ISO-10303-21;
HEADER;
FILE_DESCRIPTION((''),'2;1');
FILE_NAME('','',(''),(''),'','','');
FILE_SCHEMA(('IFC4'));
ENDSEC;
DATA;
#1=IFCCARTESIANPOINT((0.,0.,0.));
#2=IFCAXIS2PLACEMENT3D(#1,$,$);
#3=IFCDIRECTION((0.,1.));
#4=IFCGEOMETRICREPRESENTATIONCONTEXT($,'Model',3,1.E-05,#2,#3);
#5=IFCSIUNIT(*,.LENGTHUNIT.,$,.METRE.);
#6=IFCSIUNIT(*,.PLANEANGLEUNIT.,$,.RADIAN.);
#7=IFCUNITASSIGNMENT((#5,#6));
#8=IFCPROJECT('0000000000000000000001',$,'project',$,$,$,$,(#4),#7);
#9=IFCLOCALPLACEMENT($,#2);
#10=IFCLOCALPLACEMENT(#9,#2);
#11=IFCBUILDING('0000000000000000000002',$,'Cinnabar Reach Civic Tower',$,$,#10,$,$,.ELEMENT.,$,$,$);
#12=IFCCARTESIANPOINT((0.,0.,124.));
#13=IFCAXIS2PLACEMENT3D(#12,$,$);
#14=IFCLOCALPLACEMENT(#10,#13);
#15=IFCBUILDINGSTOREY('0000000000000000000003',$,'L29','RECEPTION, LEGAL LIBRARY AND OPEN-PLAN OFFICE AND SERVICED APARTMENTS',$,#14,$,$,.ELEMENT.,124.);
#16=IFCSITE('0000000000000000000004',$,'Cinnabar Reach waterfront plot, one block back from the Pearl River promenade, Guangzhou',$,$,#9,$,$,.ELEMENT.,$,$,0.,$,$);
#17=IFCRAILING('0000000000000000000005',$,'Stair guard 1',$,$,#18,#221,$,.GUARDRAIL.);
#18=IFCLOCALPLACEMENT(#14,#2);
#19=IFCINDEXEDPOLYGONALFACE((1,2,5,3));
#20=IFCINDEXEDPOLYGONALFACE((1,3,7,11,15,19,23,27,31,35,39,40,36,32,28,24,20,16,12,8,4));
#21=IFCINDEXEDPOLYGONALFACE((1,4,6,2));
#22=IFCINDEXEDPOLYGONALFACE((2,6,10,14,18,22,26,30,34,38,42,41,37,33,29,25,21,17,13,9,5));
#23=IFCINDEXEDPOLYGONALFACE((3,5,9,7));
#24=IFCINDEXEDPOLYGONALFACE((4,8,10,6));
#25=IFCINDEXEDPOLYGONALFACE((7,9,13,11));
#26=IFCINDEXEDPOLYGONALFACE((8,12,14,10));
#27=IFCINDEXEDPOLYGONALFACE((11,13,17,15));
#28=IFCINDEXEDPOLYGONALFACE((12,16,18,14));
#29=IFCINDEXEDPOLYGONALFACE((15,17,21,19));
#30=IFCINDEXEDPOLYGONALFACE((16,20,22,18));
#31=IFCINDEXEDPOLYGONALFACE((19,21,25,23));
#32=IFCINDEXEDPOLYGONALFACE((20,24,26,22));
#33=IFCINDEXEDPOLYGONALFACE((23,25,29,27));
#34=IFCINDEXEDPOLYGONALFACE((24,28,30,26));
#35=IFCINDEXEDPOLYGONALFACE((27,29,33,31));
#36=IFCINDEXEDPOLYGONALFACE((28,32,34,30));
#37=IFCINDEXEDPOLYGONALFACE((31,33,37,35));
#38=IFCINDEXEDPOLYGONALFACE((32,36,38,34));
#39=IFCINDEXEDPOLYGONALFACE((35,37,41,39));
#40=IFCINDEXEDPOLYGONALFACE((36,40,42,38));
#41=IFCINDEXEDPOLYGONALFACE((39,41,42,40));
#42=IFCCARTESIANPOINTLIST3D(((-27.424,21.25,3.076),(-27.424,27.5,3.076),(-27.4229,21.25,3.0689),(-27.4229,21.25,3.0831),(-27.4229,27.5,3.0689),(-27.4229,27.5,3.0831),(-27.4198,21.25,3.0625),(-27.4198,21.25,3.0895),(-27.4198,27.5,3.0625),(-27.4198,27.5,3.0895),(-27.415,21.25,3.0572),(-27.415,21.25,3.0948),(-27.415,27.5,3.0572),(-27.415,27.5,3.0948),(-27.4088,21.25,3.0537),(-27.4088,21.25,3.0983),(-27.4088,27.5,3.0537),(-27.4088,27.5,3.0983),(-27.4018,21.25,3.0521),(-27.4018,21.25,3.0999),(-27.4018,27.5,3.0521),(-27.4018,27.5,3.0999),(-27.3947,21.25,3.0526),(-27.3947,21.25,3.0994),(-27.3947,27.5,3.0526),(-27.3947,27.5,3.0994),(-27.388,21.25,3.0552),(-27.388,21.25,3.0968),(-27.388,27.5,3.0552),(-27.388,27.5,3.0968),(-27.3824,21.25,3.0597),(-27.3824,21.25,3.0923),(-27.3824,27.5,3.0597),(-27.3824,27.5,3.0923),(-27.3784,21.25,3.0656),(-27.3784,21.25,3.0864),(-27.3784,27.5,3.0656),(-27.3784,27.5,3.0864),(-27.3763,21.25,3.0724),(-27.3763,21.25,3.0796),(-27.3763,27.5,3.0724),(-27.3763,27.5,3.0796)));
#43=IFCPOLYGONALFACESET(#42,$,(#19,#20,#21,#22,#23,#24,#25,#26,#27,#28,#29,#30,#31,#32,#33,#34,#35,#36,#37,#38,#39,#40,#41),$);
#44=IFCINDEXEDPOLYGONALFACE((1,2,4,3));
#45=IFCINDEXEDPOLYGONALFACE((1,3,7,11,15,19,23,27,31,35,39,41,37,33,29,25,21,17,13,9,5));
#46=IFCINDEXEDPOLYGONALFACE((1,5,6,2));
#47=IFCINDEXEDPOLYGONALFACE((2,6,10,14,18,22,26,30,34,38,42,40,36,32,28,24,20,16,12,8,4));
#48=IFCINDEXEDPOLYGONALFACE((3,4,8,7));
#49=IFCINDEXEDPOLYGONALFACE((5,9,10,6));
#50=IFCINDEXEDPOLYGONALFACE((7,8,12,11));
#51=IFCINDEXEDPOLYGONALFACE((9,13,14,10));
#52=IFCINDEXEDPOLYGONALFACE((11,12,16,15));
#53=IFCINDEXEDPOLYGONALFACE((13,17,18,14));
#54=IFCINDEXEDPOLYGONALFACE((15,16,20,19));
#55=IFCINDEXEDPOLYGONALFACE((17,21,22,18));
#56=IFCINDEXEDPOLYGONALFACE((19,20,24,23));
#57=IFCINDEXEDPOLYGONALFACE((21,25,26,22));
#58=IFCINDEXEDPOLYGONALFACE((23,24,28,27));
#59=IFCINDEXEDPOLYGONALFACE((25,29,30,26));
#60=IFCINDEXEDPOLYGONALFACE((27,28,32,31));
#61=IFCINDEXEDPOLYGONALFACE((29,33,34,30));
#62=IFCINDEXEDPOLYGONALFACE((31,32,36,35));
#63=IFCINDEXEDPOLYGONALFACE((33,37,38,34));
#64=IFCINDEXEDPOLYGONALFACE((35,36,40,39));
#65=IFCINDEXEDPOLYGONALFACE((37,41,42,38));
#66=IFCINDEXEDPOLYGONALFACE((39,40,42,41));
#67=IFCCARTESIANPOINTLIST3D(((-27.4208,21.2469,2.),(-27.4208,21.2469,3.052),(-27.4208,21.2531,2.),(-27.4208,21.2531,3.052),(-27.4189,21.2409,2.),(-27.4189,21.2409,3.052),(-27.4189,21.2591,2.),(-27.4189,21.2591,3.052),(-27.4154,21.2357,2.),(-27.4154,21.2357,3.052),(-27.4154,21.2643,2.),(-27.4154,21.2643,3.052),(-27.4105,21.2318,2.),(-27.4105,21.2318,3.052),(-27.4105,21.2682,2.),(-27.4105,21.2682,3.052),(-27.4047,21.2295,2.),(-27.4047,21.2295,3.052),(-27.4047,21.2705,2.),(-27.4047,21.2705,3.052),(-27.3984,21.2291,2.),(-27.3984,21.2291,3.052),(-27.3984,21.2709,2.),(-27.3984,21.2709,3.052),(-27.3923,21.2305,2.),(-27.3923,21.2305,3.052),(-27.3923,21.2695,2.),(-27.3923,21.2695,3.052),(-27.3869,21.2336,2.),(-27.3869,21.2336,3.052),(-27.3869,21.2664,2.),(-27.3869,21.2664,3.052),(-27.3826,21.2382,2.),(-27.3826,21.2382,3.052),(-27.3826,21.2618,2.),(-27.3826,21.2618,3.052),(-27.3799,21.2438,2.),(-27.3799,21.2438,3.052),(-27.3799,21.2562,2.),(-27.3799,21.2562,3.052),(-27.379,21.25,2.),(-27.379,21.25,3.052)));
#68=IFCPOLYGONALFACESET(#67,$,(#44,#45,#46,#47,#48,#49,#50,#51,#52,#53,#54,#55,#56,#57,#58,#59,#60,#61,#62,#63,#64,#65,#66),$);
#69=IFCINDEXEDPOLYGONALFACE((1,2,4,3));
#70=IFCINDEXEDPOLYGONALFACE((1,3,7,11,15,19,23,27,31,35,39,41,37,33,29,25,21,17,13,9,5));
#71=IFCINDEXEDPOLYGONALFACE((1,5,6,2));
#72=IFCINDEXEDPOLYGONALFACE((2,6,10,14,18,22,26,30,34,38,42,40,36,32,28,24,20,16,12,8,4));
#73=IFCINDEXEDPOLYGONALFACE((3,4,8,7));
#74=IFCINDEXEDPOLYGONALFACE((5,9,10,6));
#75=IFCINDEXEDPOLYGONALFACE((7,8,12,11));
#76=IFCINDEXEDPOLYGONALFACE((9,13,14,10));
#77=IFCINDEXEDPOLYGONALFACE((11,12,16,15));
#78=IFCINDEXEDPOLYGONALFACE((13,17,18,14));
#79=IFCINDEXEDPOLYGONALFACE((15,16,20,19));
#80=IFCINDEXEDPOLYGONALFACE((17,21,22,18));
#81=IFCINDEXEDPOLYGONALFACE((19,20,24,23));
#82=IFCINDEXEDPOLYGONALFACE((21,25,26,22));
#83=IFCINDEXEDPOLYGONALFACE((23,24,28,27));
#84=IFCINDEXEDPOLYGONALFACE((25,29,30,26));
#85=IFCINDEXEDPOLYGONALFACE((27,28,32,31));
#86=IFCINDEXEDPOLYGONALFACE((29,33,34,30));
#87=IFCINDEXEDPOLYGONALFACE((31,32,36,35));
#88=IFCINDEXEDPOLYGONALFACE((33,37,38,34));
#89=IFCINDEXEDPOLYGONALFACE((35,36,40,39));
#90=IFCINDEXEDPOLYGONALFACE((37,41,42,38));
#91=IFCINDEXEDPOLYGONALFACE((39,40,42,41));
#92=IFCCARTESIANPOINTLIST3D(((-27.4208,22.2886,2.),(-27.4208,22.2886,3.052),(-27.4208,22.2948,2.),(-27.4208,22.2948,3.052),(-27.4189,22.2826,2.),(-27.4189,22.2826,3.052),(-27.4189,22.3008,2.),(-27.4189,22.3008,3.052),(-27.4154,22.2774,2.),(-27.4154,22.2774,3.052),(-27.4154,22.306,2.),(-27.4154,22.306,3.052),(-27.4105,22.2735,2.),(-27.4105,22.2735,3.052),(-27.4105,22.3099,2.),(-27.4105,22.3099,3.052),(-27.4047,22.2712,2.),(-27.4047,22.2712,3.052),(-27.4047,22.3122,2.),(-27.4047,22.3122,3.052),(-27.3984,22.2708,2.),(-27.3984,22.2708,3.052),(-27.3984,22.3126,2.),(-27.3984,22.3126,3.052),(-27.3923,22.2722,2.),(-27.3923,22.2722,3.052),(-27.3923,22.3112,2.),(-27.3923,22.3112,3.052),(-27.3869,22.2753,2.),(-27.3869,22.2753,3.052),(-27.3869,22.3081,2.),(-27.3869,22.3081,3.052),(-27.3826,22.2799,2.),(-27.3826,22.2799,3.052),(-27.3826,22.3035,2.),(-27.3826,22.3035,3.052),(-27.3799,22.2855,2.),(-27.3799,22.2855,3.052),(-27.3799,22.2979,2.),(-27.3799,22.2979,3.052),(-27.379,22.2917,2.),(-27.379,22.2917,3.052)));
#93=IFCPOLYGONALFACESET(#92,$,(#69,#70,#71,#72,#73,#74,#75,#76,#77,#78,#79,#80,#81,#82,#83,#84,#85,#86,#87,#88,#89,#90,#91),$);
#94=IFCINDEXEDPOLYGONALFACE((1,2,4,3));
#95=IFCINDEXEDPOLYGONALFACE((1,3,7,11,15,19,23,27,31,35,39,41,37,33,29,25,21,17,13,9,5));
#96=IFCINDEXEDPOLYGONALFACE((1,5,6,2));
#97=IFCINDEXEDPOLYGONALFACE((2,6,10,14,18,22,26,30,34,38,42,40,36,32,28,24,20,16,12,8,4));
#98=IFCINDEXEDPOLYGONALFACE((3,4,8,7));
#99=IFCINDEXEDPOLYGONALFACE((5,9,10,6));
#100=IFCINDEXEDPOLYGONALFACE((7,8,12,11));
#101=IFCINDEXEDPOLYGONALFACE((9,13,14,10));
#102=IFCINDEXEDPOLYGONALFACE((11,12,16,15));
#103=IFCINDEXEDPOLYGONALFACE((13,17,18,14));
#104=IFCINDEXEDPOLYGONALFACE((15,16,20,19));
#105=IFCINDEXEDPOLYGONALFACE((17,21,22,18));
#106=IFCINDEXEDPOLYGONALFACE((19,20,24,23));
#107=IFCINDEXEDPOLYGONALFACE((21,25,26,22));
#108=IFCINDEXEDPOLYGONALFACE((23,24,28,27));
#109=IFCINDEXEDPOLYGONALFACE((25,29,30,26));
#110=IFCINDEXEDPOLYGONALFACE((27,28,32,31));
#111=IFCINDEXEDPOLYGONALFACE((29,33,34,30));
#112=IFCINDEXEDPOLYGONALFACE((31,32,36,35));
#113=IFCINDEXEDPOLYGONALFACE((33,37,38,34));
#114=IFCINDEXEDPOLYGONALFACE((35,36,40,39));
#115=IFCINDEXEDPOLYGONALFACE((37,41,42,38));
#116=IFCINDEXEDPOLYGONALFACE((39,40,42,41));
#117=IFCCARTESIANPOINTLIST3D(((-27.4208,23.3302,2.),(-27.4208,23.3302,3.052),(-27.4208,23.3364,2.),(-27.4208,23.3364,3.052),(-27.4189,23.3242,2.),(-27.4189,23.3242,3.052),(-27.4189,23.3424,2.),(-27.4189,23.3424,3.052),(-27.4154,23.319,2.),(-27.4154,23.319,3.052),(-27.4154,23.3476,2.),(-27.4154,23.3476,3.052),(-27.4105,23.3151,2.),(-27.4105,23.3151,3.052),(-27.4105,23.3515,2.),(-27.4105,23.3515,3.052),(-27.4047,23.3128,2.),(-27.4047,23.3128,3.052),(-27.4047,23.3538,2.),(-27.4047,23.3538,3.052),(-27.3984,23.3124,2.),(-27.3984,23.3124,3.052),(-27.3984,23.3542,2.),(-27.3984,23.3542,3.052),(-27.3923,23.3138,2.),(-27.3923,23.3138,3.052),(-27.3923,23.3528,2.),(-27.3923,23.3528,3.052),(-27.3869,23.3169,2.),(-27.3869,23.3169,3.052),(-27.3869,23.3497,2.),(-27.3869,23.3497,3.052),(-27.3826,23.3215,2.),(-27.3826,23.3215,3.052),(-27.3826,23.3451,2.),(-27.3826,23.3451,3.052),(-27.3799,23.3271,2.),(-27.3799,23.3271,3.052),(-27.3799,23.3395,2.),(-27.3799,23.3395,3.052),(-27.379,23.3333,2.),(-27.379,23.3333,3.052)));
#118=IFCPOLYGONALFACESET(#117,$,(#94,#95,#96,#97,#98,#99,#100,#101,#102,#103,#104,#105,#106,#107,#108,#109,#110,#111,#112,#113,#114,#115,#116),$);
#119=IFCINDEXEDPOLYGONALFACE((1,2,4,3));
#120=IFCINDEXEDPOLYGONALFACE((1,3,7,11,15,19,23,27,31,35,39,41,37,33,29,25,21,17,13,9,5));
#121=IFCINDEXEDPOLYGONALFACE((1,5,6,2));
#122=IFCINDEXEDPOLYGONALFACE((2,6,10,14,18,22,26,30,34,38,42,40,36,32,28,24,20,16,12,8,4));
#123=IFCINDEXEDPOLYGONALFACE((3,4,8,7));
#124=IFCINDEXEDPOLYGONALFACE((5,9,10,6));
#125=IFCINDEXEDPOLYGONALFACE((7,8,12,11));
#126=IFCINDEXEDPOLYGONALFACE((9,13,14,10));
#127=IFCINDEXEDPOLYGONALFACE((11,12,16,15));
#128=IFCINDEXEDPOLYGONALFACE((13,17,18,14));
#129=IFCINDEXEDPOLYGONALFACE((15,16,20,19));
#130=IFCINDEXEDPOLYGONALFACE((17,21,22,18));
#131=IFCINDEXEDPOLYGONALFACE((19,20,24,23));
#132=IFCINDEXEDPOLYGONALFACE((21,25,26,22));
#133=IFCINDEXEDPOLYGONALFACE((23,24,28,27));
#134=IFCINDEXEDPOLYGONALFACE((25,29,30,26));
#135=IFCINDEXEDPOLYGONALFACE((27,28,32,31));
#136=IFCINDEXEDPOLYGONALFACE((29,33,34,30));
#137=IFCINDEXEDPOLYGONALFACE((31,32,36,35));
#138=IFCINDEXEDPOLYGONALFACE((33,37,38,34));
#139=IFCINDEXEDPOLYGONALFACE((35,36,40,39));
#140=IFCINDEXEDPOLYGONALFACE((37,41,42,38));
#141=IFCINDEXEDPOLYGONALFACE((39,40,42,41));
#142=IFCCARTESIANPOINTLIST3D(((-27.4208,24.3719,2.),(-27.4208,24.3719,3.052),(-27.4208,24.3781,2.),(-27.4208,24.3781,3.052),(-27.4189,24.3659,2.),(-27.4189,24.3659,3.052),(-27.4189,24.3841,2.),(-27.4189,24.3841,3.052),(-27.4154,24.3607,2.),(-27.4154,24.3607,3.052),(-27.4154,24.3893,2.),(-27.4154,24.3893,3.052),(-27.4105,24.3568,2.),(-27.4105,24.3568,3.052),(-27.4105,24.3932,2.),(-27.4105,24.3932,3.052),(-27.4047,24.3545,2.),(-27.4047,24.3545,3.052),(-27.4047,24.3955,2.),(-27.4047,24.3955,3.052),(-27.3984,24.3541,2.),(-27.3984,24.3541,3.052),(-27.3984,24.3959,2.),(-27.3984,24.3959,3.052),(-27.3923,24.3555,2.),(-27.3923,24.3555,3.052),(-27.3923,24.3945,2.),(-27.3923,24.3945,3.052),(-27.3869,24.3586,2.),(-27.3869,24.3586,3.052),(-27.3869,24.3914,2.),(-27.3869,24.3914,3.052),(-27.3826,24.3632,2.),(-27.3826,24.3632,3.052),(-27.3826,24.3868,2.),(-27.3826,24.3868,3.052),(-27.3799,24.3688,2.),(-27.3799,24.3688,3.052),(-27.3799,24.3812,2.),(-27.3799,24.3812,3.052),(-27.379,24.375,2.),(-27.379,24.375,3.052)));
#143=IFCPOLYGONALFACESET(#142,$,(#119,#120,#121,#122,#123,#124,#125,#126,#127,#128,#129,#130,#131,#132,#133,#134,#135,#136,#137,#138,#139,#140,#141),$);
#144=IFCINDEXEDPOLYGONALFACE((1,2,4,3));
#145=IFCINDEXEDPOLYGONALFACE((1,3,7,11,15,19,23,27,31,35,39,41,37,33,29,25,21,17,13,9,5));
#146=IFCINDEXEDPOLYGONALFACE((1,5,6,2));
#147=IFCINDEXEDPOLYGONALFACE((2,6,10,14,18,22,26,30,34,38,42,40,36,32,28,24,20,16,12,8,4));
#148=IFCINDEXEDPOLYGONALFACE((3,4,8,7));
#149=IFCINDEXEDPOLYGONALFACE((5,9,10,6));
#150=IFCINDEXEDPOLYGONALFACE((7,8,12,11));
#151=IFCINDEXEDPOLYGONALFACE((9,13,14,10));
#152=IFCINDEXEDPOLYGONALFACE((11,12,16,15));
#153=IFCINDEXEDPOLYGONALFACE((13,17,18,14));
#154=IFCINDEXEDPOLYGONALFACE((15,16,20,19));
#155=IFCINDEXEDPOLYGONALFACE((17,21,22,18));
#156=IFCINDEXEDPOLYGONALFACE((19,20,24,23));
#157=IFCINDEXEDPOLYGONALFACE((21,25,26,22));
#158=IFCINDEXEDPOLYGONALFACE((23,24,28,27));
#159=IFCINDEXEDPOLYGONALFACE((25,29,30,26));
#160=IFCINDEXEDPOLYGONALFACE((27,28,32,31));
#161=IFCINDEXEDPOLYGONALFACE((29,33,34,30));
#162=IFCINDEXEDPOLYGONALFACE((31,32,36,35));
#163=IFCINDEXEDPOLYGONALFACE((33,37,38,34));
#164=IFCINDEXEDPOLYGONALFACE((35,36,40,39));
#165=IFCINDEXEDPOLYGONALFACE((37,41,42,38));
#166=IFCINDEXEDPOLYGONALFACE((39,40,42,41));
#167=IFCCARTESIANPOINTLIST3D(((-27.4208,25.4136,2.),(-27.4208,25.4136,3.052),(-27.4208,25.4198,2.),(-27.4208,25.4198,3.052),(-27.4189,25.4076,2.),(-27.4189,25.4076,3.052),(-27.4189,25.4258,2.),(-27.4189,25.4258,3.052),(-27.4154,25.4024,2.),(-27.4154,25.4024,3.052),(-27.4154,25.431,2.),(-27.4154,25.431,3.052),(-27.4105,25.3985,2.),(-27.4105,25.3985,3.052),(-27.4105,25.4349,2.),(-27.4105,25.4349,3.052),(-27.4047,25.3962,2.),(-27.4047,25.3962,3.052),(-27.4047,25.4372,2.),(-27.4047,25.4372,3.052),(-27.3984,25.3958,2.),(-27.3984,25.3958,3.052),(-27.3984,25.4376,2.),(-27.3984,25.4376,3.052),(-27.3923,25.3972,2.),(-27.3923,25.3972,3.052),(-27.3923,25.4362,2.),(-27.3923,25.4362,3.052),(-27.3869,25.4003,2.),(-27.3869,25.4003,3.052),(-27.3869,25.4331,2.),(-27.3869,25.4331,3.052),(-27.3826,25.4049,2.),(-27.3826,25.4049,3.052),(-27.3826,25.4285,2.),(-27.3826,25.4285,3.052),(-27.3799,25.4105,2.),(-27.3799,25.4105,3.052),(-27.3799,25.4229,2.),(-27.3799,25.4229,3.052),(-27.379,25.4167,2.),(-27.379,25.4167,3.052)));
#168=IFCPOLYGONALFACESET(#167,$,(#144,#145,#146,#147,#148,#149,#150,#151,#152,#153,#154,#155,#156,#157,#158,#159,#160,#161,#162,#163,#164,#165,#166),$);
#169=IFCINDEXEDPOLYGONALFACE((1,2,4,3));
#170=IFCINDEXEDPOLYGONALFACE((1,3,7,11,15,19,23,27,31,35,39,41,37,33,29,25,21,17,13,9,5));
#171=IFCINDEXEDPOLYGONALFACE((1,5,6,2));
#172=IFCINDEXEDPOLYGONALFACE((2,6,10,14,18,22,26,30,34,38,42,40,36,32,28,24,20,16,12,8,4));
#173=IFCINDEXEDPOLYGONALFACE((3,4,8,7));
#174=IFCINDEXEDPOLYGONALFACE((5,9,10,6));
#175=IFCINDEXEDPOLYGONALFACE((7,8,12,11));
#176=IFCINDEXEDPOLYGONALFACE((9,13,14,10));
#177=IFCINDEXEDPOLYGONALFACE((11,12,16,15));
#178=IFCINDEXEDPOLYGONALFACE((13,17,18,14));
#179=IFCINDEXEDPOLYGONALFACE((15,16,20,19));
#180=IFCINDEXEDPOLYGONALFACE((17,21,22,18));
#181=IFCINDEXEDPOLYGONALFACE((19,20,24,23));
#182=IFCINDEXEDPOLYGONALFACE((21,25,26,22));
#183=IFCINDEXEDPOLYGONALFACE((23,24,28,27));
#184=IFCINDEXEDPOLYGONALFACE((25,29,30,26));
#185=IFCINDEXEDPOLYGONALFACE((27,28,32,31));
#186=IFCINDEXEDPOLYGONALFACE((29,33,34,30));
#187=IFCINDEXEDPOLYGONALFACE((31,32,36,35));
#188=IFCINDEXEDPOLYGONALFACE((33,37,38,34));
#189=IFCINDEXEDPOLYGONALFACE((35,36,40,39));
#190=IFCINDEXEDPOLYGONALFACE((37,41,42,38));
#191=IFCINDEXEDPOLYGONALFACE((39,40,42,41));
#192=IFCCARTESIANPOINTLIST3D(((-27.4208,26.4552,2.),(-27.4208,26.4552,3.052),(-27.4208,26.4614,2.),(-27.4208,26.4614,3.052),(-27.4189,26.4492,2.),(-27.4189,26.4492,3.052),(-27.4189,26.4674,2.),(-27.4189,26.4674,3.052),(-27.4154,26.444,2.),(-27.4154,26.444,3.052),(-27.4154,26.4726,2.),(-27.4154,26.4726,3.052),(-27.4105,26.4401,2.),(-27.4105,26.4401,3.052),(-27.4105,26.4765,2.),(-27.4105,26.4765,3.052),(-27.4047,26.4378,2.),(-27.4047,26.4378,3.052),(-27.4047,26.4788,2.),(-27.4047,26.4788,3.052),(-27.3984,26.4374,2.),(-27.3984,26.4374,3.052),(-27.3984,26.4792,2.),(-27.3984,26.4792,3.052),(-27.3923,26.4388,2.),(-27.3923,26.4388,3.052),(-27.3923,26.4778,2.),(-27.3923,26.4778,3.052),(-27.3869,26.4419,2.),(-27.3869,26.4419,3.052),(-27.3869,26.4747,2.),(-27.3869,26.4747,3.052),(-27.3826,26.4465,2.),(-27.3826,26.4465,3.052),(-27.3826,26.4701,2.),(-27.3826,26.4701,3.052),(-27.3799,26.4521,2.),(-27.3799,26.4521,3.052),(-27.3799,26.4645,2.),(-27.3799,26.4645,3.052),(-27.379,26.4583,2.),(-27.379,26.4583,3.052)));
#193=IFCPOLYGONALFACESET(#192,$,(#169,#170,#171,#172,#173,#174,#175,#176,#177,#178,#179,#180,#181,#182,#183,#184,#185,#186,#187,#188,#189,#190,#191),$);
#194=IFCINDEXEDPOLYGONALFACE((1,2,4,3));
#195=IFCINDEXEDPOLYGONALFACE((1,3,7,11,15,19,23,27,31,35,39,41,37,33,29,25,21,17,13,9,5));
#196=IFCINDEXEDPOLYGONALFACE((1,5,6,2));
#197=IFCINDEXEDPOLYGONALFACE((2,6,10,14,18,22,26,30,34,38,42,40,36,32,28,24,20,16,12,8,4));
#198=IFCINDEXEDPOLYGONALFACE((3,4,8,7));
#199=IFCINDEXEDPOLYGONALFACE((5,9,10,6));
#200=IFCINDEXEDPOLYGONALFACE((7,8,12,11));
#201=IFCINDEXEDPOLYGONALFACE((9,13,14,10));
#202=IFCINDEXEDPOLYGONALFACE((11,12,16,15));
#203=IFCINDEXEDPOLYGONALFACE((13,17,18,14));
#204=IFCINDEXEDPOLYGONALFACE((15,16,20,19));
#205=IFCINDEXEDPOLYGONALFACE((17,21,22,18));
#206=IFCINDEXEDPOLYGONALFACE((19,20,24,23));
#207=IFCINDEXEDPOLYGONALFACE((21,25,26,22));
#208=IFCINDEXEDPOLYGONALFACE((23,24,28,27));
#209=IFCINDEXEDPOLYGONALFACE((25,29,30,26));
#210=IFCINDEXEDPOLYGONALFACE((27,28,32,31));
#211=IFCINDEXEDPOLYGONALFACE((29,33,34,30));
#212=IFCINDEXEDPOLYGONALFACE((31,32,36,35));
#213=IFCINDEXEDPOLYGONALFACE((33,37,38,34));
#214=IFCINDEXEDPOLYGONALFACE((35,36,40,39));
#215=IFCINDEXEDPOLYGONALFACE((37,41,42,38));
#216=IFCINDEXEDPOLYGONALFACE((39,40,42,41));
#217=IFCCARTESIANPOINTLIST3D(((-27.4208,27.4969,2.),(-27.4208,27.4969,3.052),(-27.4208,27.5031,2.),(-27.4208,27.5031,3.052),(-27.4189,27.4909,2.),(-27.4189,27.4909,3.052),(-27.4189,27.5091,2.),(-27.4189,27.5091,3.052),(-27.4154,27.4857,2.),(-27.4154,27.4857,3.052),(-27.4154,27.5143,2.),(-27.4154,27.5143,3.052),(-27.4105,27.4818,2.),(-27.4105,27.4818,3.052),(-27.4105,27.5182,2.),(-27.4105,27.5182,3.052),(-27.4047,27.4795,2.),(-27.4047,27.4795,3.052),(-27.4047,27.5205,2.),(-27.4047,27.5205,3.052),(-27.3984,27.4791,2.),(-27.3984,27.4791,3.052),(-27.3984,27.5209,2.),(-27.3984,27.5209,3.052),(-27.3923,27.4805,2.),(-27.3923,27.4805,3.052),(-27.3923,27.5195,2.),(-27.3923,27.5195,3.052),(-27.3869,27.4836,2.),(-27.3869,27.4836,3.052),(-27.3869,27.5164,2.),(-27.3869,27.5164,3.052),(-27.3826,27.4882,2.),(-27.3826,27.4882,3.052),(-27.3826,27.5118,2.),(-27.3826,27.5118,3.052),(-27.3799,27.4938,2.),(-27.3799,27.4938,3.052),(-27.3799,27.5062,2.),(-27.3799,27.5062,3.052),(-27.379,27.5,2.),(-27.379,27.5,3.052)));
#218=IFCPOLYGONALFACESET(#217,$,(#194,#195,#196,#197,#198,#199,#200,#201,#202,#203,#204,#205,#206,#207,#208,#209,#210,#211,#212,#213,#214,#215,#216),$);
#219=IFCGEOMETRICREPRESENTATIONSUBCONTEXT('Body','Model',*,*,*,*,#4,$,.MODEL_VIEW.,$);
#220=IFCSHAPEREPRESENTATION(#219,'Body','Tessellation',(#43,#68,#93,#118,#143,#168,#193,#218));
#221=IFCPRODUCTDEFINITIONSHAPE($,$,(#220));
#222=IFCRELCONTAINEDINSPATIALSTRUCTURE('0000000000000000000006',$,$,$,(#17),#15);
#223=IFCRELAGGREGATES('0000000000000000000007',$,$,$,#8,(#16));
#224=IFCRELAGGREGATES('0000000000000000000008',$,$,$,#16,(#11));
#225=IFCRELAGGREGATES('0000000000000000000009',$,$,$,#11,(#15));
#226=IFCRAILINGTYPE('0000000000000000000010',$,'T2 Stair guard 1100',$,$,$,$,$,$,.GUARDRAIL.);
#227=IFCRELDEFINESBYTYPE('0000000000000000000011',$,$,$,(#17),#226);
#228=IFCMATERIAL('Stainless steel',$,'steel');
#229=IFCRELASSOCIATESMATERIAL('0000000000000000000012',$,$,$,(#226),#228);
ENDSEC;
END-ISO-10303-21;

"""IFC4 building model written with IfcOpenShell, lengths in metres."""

from ifc_helpers import new_model, si_unit, direction, frame, origin, origin_2d, place, context, subcontext, project, spatial, circle, extrude, material, type_object, element, save


model = new_model("IFC4")

# Units and contexts
model_context = context("Model", 3, precision=1e-05, world=origin(), true_north=direction((0.0, 1.0)))
body_context = subcontext(model_context, "Body", "Model", "MODEL_VIEW")
ifc_project = project(units=[si_unit("LENGTHUNIT", "METRE"), si_unit("PLANEANGLEUNIT", "RADIAN")], contexts=[model_context])

# Site, building, storey
site_placement = place(None, origin())
site = spatial("IfcSite", under=ifc_project, at=site_placement, Name="Cinnabar Reach waterfront plot, one block back from the Pearl River promenade, Guangzhou", CompositionType="ELEMENT", RefElevation=0.0)
building_placement = place(site_placement, origin())
building = spatial("IfcBuilding", under=site, at=building_placement, Name="Cinnabar Reach Civic Tower", CompositionType="ELEMENT")
storey_placement = place(building_placement, frame((0.0, 0.0, 124.0)))
storey = spatial("IfcBuildingStorey", under=building, at=storey_placement, Name="L29", Description="RECEPTION, LEGAL LIBRARY AND OPEN-PLAN OFFICE AND SERVICED APARTMENTS", CompositionType="ELEMENT", Elevation=124.0)

# Railing
ifc_material_1 = material(Name="Stainless steel", Category="steel")
railing_type_1 = type_object("IfcRailingType", Name="T2 Stair guard 1100", PredefinedType="GUARDRAIL", material=ifc_material_1)
railing_1_placement = place(storey_placement, frame((-27.4, 21.25, 2.0)))
element("IfcRailing", 1, at=railing_1_placement, inside=storey, type_object=railing_type_1, Name="Stair guard 1", PredefinedType="GUARDRAIL", context=body_context, shape_type="SweptSolid", body=[
    extrude(circle(Radius=0.024, at=origin_2d()), frame((0.0, 0.0, 1.076), z_axis=(0.0, 1.0, 0.0), x_axis=(-1.0, 0.0, 0.0)), (0.0, 0.0, 1.0), 6.25),
    extrude(circle(Radius=0.021, at=origin_2d()), origin(), (0.0, 0.0, 1.0), 1.052),
    extrude(circle(Radius=0.021, at=origin_2d()), frame((0.0, 1.0417, 0.0)), (0.0, 0.0, 1.0), 1.052),
    extrude(circle(Radius=0.021, at=origin_2d()), frame((0.0, 2.0833, 0.0)), (0.0, 0.0, 1.0), 1.052),
    extrude(circle(Radius=0.021, at=origin_2d()), frame((0.0, 3.125, 0.0)), (0.0, 0.0, 1.0), 1.052),
    extrude(circle(Radius=0.021, at=origin_2d()), frame((0.0, 4.1667, 0.0)), (0.0, 0.0, 1.0), 1.052),
    extrude(circle(Radius=0.021, at=origin_2d()), frame((0.0, 5.2083, 0.0)), (0.0, 0.0, 1.0), 1.052),
    extrude(circle(Radius=0.021, at=origin_2d()), frame((0.0, 6.25, 0.0)), (0.0, 0.0, 1.0), 1.052),
])

save(model, "model.ifc")
